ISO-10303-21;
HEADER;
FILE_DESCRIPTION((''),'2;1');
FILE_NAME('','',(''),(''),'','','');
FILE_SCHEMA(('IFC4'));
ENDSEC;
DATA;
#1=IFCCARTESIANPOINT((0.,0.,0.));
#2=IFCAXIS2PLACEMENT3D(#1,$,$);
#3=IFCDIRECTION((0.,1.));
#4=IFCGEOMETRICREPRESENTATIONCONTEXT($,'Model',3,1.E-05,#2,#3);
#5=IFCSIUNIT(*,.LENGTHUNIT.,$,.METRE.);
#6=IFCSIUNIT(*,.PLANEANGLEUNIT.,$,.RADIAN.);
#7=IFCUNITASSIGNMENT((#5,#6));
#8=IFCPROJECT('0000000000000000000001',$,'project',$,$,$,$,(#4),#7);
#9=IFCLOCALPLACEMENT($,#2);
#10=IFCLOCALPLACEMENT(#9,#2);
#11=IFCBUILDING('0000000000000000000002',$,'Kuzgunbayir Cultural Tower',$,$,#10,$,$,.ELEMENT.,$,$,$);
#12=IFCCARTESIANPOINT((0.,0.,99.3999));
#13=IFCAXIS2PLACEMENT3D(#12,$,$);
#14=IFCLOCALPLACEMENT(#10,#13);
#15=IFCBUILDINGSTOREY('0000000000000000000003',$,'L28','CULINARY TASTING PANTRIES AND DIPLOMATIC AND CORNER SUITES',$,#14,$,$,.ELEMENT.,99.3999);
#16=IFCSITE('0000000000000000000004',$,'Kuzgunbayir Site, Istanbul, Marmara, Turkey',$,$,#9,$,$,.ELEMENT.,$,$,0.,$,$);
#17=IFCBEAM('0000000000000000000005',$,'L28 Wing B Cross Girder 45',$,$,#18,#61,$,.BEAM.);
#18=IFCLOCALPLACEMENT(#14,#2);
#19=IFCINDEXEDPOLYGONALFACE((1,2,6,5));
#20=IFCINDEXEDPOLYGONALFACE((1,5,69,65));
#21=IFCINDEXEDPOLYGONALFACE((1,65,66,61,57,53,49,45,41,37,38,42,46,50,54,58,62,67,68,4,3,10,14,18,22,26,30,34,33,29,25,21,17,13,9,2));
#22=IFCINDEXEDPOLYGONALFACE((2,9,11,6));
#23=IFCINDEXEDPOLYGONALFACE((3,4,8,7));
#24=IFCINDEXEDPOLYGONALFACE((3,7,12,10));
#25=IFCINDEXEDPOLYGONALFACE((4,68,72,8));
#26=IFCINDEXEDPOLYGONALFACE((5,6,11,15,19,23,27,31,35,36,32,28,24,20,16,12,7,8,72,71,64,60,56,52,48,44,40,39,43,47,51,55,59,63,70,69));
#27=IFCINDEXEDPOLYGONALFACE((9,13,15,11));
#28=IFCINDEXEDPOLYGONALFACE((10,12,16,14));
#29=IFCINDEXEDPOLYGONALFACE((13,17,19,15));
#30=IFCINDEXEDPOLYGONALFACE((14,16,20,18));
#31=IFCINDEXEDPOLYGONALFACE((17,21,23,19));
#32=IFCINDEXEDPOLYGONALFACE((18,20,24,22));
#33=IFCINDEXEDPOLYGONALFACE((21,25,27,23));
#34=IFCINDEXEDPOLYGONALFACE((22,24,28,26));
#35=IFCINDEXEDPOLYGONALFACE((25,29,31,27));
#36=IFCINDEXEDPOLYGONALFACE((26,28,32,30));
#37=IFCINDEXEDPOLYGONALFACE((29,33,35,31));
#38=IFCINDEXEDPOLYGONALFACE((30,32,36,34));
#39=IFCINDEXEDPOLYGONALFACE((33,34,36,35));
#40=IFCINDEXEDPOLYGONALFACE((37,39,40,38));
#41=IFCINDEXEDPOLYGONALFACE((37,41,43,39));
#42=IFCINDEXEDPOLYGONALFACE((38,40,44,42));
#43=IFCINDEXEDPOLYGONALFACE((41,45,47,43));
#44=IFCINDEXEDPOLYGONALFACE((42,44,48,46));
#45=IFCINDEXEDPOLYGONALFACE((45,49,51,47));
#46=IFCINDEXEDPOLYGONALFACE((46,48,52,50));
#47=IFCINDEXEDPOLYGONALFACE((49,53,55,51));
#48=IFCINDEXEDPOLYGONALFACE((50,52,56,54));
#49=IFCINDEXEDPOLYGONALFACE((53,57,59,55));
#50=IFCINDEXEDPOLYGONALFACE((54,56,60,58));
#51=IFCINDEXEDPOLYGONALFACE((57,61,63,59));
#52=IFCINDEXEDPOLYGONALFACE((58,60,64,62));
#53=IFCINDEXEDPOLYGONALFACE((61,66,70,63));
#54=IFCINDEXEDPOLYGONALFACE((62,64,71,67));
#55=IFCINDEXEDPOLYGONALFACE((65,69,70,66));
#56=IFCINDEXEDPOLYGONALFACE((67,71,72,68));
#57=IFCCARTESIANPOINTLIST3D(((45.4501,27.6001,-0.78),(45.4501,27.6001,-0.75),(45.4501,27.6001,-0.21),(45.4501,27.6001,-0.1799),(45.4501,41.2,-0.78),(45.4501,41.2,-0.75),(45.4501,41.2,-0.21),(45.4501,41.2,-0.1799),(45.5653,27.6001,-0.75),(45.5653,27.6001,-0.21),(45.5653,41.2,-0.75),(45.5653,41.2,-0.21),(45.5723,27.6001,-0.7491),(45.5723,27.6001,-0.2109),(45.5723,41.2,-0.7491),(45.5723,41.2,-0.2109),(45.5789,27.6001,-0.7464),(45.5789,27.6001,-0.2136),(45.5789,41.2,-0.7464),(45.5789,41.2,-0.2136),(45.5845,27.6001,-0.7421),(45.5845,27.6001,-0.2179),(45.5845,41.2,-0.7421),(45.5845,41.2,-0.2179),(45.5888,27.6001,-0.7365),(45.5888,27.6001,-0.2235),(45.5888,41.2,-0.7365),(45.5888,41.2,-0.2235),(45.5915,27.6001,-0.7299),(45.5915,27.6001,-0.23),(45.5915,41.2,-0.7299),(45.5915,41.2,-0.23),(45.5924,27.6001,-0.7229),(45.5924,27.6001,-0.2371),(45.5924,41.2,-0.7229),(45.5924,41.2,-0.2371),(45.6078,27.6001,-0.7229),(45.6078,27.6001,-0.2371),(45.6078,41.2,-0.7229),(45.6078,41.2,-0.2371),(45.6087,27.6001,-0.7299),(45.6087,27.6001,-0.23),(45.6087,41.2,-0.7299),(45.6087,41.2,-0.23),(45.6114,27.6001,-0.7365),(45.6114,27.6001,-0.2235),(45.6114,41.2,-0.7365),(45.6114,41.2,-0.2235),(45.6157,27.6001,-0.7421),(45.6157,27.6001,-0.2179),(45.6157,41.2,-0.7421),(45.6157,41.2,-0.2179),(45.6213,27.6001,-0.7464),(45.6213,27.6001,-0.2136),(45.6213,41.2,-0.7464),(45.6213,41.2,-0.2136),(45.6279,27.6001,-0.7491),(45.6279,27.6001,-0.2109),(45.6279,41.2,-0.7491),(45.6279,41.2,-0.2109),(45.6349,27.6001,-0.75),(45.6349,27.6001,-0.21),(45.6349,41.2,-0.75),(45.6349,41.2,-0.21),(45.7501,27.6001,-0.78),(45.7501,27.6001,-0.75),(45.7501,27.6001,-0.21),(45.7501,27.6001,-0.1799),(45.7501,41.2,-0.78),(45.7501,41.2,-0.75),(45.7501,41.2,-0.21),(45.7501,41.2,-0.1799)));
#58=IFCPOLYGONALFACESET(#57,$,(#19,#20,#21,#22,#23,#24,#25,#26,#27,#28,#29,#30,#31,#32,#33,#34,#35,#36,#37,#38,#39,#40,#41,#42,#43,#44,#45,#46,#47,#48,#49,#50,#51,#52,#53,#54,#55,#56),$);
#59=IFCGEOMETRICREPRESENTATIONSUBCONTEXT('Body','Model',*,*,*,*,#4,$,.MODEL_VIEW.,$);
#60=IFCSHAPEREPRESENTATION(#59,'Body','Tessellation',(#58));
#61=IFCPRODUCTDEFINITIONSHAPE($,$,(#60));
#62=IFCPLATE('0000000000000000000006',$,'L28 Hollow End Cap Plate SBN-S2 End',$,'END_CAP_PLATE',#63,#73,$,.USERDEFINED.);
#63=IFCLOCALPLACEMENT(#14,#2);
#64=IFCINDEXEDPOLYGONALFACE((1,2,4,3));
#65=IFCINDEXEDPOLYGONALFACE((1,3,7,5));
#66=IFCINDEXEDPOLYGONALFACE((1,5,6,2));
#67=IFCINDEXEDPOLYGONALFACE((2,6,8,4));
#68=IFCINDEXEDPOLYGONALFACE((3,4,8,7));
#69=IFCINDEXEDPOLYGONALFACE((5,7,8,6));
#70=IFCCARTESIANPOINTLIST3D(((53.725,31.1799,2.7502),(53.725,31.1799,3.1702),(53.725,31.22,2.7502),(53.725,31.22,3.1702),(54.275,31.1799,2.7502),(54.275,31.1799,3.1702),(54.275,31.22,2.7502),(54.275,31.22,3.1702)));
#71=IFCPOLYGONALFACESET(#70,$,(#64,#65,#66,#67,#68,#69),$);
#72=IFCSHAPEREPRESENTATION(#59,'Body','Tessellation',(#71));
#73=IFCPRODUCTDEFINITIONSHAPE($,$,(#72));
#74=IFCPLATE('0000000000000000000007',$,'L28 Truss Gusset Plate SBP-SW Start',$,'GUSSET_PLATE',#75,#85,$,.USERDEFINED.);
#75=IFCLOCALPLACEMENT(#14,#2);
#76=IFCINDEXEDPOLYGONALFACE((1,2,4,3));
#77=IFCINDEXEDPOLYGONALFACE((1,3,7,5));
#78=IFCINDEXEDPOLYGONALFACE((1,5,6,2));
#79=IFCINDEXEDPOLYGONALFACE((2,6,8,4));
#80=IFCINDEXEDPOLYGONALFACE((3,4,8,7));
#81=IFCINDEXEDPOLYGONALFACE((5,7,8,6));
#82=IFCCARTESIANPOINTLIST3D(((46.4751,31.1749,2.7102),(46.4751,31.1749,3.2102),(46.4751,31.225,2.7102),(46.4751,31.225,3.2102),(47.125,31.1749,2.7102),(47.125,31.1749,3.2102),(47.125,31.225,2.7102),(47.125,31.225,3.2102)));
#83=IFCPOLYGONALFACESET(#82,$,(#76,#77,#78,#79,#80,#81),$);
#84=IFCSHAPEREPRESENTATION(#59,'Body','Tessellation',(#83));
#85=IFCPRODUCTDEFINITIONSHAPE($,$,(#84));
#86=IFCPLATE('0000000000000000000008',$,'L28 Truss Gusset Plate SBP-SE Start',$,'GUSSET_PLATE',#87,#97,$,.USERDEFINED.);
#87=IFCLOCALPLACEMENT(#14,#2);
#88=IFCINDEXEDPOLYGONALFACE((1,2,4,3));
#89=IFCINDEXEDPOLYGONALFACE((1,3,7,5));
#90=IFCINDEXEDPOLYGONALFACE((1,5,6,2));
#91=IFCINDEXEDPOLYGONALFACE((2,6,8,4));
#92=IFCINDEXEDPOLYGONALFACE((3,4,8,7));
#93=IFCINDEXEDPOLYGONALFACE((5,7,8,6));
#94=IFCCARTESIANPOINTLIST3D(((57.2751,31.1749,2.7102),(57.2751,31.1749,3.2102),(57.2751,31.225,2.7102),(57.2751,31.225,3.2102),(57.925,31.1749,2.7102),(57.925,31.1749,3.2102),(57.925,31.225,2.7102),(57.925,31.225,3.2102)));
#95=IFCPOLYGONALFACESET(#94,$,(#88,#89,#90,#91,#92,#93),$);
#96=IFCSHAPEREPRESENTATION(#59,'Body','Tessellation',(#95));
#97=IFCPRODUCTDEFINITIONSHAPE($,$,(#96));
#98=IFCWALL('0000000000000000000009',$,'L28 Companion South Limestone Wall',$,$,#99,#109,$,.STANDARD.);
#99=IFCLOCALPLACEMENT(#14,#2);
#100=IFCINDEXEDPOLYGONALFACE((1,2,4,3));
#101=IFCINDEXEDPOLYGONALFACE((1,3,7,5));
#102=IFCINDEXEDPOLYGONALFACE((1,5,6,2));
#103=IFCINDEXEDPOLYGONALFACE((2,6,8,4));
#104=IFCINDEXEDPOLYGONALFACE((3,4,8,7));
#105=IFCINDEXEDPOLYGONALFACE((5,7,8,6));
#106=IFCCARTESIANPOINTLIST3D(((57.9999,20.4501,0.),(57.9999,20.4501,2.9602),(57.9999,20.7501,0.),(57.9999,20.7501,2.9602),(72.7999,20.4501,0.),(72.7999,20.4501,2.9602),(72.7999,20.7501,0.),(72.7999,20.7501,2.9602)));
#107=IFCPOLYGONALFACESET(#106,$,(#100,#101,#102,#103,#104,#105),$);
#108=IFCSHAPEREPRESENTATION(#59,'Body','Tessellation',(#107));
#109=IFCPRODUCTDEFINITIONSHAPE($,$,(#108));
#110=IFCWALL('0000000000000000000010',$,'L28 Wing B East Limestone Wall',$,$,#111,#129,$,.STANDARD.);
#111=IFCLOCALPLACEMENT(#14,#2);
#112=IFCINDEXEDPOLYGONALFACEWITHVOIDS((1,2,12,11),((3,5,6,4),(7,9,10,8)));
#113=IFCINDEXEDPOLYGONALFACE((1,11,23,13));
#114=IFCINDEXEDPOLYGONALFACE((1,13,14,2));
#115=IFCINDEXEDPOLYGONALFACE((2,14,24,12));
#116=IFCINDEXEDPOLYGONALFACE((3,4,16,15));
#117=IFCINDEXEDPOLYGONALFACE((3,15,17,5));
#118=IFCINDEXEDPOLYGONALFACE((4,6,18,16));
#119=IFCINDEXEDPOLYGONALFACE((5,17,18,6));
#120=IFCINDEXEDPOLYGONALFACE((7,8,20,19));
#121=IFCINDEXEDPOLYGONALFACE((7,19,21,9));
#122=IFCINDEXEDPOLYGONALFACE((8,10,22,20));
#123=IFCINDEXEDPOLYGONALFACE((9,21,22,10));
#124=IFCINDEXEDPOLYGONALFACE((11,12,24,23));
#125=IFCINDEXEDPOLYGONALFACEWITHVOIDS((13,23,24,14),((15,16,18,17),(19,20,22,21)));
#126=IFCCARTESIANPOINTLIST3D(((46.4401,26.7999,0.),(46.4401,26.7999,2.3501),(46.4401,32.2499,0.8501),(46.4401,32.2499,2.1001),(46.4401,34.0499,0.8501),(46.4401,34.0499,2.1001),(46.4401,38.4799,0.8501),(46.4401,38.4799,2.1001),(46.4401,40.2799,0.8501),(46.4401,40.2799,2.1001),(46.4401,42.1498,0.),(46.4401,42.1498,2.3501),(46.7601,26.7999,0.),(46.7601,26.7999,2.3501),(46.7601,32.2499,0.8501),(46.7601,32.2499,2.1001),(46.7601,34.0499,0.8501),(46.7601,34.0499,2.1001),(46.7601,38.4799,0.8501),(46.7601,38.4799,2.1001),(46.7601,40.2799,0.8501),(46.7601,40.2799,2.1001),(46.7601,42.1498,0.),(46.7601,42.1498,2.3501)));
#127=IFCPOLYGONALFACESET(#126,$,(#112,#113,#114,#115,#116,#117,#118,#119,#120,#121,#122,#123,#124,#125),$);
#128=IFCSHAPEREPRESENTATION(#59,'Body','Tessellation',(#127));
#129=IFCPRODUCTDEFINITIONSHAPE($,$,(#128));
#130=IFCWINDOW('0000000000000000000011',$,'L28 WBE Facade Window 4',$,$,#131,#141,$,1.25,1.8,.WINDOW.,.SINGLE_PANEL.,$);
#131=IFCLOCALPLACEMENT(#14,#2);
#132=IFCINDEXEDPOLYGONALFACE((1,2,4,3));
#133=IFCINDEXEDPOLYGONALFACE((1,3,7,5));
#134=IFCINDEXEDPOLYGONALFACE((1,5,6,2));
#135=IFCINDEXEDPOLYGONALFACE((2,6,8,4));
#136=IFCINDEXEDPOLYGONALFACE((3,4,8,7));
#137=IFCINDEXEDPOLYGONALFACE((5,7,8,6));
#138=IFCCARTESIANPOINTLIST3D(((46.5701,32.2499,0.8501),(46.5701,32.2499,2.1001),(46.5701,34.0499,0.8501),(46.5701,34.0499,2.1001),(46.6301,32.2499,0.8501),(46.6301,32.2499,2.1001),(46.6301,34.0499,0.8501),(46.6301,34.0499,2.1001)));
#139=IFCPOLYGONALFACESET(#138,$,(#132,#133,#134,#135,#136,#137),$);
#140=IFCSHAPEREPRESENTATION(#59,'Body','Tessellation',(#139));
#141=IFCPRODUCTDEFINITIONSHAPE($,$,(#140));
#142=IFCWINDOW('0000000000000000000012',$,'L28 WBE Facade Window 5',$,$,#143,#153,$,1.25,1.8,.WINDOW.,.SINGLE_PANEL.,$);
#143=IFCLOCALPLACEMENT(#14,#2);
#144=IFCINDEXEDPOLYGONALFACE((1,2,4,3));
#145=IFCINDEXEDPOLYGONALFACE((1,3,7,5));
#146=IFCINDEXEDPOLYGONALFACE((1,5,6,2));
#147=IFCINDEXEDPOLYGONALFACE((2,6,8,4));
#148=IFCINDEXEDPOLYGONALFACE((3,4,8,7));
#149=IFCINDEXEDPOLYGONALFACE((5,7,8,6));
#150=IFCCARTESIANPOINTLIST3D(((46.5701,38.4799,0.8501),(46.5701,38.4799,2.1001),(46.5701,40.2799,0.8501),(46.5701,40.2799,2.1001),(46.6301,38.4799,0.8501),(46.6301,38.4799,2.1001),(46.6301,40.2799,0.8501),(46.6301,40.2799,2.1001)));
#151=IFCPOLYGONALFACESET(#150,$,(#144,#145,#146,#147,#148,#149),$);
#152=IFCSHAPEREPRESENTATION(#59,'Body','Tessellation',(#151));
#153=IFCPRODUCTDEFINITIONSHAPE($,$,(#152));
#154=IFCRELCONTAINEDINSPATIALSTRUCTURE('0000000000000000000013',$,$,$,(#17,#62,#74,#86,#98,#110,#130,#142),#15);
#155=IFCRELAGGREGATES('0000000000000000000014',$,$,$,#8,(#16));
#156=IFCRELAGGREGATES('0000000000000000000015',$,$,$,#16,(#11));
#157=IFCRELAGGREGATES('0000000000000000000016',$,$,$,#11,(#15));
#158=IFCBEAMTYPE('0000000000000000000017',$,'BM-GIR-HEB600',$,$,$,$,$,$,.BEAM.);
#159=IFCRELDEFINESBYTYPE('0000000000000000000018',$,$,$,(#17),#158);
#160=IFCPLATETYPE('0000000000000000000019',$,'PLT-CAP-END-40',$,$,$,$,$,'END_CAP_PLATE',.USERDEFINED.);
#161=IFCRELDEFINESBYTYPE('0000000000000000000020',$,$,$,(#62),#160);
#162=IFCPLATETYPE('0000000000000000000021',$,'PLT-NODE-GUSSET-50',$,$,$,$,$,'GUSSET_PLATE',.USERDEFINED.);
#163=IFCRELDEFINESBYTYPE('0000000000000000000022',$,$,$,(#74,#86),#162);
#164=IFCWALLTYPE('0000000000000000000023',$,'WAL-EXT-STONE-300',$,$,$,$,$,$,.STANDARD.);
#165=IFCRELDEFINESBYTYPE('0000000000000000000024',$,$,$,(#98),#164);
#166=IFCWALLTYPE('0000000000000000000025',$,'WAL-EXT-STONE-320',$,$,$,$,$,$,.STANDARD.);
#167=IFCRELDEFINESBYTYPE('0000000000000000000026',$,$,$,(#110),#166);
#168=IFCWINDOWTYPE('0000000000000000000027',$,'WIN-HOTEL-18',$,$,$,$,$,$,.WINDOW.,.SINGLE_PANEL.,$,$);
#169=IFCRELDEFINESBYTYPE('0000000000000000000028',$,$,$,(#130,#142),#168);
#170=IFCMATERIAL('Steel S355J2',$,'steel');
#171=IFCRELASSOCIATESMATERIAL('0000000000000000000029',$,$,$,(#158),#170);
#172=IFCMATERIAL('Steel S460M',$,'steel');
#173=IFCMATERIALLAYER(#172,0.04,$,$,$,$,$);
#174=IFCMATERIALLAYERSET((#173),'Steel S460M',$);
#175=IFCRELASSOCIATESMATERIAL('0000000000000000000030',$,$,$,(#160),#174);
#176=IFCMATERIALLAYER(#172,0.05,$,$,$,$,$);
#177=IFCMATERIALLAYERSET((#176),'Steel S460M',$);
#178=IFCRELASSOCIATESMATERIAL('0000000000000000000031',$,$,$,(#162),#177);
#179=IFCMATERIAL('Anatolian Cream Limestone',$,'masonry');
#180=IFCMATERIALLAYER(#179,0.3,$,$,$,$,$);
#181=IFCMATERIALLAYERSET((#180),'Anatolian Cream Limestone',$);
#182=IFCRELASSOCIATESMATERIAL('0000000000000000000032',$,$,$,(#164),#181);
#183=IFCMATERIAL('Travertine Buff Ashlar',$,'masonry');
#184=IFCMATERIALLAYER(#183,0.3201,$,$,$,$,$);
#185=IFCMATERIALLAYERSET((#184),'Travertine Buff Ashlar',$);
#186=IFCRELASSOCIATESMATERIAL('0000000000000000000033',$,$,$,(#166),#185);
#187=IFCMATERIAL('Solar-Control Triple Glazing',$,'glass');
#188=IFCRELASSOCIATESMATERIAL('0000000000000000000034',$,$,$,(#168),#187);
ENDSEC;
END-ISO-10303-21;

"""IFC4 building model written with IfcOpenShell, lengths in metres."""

from ifc_helpers import new_model, si_unit, direction, frame, frame_2d, origin, origin_2d, place, context, subcontext, project, spatial, rectangle, i_section, extrude, material, layer, layer_set, material_profile, profile_set, type_object, element, fill, save


model = new_model("IFC4")

# Units and contexts
model_context = context("Model", 3, precision=1e-05, world=origin(), true_north=direction((0.0, 1.0)))
body_context = subcontext(model_context, "Body", "Model", "MODEL_VIEW")
ifc_project = project(units=[si_unit("LENGTHUNIT", "METRE"), si_unit("PLANEANGLEUNIT", "RADIAN")], contexts=[model_context])

# Site, building, storey
site_placement = place(None, origin())
site = spatial("IfcSite", under=ifc_project, at=site_placement, Name="Kuzgunbayir Site, Istanbul, Marmara, Turkey", CompositionType="ELEMENT", RefElevation=0.0)
building_placement = place(site_placement, origin())
building = spatial("IfcBuilding", under=site, at=building_placement, Name="Kuzgunbayir Cultural Tower", CompositionType="ELEMENT")
storey_placement = place(building_placement, frame((0.0, 0.0, 99.3999)))
storey = spatial("IfcBuildingStorey", under=building, at=storey_placement, Name="L28", Description="CULINARY TASTING PANTRIES AND DIPLOMATIC AND CORNER SUITES", CompositionType="ELEMENT", Elevation=99.3999)

# Beam
ifc_material_1 = material(Name="Steel S355J2", Category="steel")
ifc_material_profile_1 = material_profile(ifc_material_1, i_section(OverallWidth=0.3, OverallDepth=0.6001, WebThickness=0.0154, FlangeThickness=0.03, FilletRadius=0.0271, at=origin_2d()), Name="HEB 600")
ifc_profile_set_1 = profile_set([ifc_material_profile_1], Name="Steel S355J2")
beam_type_1 = type_object("IfcBeamType", Name="BM-GIR-HEB600", PredefinedType="BEAM", material=ifc_profile_set_1)
beam_1_placement = place(storey_placement, frame((45.6001, 27.6001, -0.48), z_axis=(0.0, 1.0, 0.0), x_axis=(-1.0, 0.0, 0.0)))
element("IfcBeam", 1, at=beam_1_placement, inside=storey, type_object=beam_type_1, Name="L28 Wing B Cross Girder 45", PredefinedType="BEAM", context=body_context, shape_type="SweptSolid", body=[
    extrude(i_section(OverallWidth=0.3, OverallDepth=0.6001, WebThickness=0.0154, FlangeThickness=0.03, FilletRadius=0.0271, at=origin_2d()), origin(), (0.0, 0.0, 1.0), 13.5999),
])

# Plates
ifc_material_2 = material(Name="Steel S460M", Category="steel")
ifc_layer_1 = layer(ifc_material_2, 0.04)
ifc_layer_set_1 = layer_set([ifc_layer_1], Name="Steel S460M")
plate_type_1 = type_object("IfcPlateType", Name="PLT-CAP-END-40", ElementType="END_CAP_PLATE", PredefinedType="USERDEFINED", material=ifc_layer_set_1)
plate_placement = place(storey_placement, frame((54.0, 31.2, 2.7502), z_axis=(0.0, 0.0, 1.0), x_axis=(1.0, 0.0, 0.0)))
element("IfcPlate", 2, at=plate_placement, inside=storey, type_object=plate_type_1, Name="L28 Hollow End Cap Plate SBN-S2 End", ObjectType="END_CAP_PLATE", PredefinedType="USERDEFINED", context=body_context, shape_type="SweptSolid", body=[
    extrude(rectangle(XDim=0.55, YDim=0.04, at=origin_2d()), origin(), (0.0, 0.0, 1.0), 0.4199),
])
ifc_layer_2 = layer(ifc_material_2, 0.05)
ifc_layer_set_2 = layer_set([ifc_layer_2], Name="Steel S460M")
plate_type_2 = type_object("IfcPlateType", Name="PLT-NODE-GUSSET-50", ElementType="GUSSET_PLATE", PredefinedType="USERDEFINED", material=ifc_layer_set_2)
for number, where, z_axis, x_axis, name in (
    (3, (46.8, 31.2, 2.7102), (0.0, 0.0, 1.0), (1.0, 0.0, 0.0), "L28 Truss Gusset Plate SBP-SW Start"),
    (4, (57.6001, 31.2, 2.7102), (0.0, 0.0, 1.0), (1.0, 0.0, 0.0), "L28 Truss Gusset Plate SBP-SE Start"),
):
    element("IfcPlate", number, at=place(storey_placement, frame(where, z_axis=z_axis, x_axis=x_axis)), inside=storey, type_object=plate_type_2, Name=name, ObjectType="GUSSET_PLATE", PredefinedType="USERDEFINED", context=body_context, shape_type="SweptSolid", body=[
        extrude(rectangle(XDim=0.6499, YDim=0.05, at=origin_2d()), origin(), (0.0, 0.0, 1.0), 0.5),
    ])

# Wall
ifc_material_3 = material(Name="Anatolian Cream Limestone", Category="masonry")
ifc_layer_3 = layer(ifc_material_3, 0.3)
ifc_layer_set_3 = layer_set([ifc_layer_3], Name="Anatolian Cream Limestone")
wall_type_1 = type_object("IfcWallType", Name="WAL-EXT-STONE-300", PredefinedType="STANDARD", material=ifc_layer_set_3)
wall_1_placement = place(storey_placement, frame((58.0, 20.6001, 0.0), z_axis=(0.0, 0.0, 1.0), x_axis=(1.0, 0.0, 0.0)))
element("IfcWall", 5, at=wall_1_placement, inside=storey, type_object=wall_type_1, Name="L28 Companion South Limestone Wall", PredefinedType="STANDARD", context=body_context, shape_type="SweptSolid", body=[
    extrude(rectangle(XDim=14.8, YDim=0.3, at=frame_2d((7.3999, 0.0))), origin(), (0.0, 0.0, 1.0), 2.9602),
])

# Wall, openings, windows
ifc_material_4 = material(Name="Travertine Buff Ashlar", Category="masonry")
ifc_layer_4 = layer(ifc_material_4, 0.3201)
ifc_layer_set_4 = layer_set([ifc_layer_4], Name="Travertine Buff Ashlar")
wall_type_2 = type_object("IfcWallType", Name="WAL-EXT-STONE-320", PredefinedType="STANDARD", material=ifc_layer_set_4)
wall_2_placement = place(storey_placement, frame((46.6001, 26.8, 0.0), z_axis=(0.0, 0.0, 1.0), x_axis=(0.0, 1.0, 0.0)))
wall_2 = element("IfcWall", 6, at=wall_2_placement, inside=storey, type_object=wall_type_2, Name="L28 Wing B East Limestone Wall", PredefinedType="STANDARD", context=body_context, shape_type="SweptSolid", body=[
    extrude(rectangle(XDim=15.3499, YDim=0.3201, at=frame_2d((7.6748, 0.0))), origin(), (0.0, 0.0, 1.0), 2.3501),
])
opening_1_placement = place(wall_2_placement, frame((5.45, 0.0, 0.8501)))
opening_1 = element("IfcOpeningElement", 7, at=opening_1_placement, cuts=wall_2, PredefinedType="OPENING", context=body_context, shape_type="SweptSolid", body=[
    extrude(rectangle(XDim=1.8, YDim=1.25, at=frame_2d((0.8999, 0.625))), frame((0.0, 0.1699, 0.0), z_axis=(0.0, -1.0, 0.0), x_axis=(1.0, 0.0, 0.0)), (0.0, 0.0, 1.0), 0.3401),
])
opening_2_placement = place(wall_2_placement, frame((11.6799, 0.0, 0.8501)))
opening_2 = element("IfcOpeningElement", 8, at=opening_2_placement, cuts=wall_2, PredefinedType="OPENING", context=body_context, shape_type="SweptSolid", body=[
    extrude(rectangle(XDim=1.8, YDim=1.25, at=frame_2d((0.8999, 0.625))), frame((0.0, 0.1699, 0.0), z_axis=(0.0, -1.0, 0.0), x_axis=(1.0, 0.0, 0.0)), (0.0, 0.0, 1.0), 0.3401),
])
ifc_material_5 = material(Name="Solar-Control Triple Glazing", Category="glass")
window_type = type_object("IfcWindowType", Name="WIN-HOTEL-18", PartitioningType="SINGLE_PANEL", PredefinedType="WINDOW", material=ifc_material_5)
window_1_placement = place(opening_1_placement, origin())
window_1 = element("IfcWindow", 9, at=window_1_placement, inside=storey, type_object=window_type, Name="L28 WBE Facade Window 4", OverallHeight=1.25, OverallWidth=1.8, PartitioningType="SINGLE_PANEL", PredefinedType="WINDOW", context=body_context, shape_type="SweptSolid", body=[
    extrude(rectangle(XDim=1.8, YDim=1.25, at=frame_2d((0.8999, 0.625))), frame((0.0, 0.03, 0.0), z_axis=(0.0, -1.0, 0.0), x_axis=(1.0, 0.0, 0.0)), (0.0, 0.0, 1.0), 0.0601),
])
fill(opening_1, window_1)
window_2_placement = place(opening_2_placement, origin())
window_2 = element("IfcWindow", 10, at=window_2_placement, inside=storey, type_object=window_type, Name="L28 WBE Facade Window 5", OverallHeight=1.25, OverallWidth=1.8, PartitioningType="SINGLE_PANEL", PredefinedType="WINDOW", context=body_context, shape_type="SweptSolid", body=[
    extrude(rectangle(XDim=1.8, YDim=1.25, at=frame_2d((0.8999, 0.625))), frame((0.0, 0.03, 0.0), z_axis=(0.0, -1.0, 0.0), x_axis=(1.0, 0.0, 0.0)), (0.0, 0.0, 1.0), 0.0601),
])
fill(opening_2, window_2)

save(model, "model.ifc")
